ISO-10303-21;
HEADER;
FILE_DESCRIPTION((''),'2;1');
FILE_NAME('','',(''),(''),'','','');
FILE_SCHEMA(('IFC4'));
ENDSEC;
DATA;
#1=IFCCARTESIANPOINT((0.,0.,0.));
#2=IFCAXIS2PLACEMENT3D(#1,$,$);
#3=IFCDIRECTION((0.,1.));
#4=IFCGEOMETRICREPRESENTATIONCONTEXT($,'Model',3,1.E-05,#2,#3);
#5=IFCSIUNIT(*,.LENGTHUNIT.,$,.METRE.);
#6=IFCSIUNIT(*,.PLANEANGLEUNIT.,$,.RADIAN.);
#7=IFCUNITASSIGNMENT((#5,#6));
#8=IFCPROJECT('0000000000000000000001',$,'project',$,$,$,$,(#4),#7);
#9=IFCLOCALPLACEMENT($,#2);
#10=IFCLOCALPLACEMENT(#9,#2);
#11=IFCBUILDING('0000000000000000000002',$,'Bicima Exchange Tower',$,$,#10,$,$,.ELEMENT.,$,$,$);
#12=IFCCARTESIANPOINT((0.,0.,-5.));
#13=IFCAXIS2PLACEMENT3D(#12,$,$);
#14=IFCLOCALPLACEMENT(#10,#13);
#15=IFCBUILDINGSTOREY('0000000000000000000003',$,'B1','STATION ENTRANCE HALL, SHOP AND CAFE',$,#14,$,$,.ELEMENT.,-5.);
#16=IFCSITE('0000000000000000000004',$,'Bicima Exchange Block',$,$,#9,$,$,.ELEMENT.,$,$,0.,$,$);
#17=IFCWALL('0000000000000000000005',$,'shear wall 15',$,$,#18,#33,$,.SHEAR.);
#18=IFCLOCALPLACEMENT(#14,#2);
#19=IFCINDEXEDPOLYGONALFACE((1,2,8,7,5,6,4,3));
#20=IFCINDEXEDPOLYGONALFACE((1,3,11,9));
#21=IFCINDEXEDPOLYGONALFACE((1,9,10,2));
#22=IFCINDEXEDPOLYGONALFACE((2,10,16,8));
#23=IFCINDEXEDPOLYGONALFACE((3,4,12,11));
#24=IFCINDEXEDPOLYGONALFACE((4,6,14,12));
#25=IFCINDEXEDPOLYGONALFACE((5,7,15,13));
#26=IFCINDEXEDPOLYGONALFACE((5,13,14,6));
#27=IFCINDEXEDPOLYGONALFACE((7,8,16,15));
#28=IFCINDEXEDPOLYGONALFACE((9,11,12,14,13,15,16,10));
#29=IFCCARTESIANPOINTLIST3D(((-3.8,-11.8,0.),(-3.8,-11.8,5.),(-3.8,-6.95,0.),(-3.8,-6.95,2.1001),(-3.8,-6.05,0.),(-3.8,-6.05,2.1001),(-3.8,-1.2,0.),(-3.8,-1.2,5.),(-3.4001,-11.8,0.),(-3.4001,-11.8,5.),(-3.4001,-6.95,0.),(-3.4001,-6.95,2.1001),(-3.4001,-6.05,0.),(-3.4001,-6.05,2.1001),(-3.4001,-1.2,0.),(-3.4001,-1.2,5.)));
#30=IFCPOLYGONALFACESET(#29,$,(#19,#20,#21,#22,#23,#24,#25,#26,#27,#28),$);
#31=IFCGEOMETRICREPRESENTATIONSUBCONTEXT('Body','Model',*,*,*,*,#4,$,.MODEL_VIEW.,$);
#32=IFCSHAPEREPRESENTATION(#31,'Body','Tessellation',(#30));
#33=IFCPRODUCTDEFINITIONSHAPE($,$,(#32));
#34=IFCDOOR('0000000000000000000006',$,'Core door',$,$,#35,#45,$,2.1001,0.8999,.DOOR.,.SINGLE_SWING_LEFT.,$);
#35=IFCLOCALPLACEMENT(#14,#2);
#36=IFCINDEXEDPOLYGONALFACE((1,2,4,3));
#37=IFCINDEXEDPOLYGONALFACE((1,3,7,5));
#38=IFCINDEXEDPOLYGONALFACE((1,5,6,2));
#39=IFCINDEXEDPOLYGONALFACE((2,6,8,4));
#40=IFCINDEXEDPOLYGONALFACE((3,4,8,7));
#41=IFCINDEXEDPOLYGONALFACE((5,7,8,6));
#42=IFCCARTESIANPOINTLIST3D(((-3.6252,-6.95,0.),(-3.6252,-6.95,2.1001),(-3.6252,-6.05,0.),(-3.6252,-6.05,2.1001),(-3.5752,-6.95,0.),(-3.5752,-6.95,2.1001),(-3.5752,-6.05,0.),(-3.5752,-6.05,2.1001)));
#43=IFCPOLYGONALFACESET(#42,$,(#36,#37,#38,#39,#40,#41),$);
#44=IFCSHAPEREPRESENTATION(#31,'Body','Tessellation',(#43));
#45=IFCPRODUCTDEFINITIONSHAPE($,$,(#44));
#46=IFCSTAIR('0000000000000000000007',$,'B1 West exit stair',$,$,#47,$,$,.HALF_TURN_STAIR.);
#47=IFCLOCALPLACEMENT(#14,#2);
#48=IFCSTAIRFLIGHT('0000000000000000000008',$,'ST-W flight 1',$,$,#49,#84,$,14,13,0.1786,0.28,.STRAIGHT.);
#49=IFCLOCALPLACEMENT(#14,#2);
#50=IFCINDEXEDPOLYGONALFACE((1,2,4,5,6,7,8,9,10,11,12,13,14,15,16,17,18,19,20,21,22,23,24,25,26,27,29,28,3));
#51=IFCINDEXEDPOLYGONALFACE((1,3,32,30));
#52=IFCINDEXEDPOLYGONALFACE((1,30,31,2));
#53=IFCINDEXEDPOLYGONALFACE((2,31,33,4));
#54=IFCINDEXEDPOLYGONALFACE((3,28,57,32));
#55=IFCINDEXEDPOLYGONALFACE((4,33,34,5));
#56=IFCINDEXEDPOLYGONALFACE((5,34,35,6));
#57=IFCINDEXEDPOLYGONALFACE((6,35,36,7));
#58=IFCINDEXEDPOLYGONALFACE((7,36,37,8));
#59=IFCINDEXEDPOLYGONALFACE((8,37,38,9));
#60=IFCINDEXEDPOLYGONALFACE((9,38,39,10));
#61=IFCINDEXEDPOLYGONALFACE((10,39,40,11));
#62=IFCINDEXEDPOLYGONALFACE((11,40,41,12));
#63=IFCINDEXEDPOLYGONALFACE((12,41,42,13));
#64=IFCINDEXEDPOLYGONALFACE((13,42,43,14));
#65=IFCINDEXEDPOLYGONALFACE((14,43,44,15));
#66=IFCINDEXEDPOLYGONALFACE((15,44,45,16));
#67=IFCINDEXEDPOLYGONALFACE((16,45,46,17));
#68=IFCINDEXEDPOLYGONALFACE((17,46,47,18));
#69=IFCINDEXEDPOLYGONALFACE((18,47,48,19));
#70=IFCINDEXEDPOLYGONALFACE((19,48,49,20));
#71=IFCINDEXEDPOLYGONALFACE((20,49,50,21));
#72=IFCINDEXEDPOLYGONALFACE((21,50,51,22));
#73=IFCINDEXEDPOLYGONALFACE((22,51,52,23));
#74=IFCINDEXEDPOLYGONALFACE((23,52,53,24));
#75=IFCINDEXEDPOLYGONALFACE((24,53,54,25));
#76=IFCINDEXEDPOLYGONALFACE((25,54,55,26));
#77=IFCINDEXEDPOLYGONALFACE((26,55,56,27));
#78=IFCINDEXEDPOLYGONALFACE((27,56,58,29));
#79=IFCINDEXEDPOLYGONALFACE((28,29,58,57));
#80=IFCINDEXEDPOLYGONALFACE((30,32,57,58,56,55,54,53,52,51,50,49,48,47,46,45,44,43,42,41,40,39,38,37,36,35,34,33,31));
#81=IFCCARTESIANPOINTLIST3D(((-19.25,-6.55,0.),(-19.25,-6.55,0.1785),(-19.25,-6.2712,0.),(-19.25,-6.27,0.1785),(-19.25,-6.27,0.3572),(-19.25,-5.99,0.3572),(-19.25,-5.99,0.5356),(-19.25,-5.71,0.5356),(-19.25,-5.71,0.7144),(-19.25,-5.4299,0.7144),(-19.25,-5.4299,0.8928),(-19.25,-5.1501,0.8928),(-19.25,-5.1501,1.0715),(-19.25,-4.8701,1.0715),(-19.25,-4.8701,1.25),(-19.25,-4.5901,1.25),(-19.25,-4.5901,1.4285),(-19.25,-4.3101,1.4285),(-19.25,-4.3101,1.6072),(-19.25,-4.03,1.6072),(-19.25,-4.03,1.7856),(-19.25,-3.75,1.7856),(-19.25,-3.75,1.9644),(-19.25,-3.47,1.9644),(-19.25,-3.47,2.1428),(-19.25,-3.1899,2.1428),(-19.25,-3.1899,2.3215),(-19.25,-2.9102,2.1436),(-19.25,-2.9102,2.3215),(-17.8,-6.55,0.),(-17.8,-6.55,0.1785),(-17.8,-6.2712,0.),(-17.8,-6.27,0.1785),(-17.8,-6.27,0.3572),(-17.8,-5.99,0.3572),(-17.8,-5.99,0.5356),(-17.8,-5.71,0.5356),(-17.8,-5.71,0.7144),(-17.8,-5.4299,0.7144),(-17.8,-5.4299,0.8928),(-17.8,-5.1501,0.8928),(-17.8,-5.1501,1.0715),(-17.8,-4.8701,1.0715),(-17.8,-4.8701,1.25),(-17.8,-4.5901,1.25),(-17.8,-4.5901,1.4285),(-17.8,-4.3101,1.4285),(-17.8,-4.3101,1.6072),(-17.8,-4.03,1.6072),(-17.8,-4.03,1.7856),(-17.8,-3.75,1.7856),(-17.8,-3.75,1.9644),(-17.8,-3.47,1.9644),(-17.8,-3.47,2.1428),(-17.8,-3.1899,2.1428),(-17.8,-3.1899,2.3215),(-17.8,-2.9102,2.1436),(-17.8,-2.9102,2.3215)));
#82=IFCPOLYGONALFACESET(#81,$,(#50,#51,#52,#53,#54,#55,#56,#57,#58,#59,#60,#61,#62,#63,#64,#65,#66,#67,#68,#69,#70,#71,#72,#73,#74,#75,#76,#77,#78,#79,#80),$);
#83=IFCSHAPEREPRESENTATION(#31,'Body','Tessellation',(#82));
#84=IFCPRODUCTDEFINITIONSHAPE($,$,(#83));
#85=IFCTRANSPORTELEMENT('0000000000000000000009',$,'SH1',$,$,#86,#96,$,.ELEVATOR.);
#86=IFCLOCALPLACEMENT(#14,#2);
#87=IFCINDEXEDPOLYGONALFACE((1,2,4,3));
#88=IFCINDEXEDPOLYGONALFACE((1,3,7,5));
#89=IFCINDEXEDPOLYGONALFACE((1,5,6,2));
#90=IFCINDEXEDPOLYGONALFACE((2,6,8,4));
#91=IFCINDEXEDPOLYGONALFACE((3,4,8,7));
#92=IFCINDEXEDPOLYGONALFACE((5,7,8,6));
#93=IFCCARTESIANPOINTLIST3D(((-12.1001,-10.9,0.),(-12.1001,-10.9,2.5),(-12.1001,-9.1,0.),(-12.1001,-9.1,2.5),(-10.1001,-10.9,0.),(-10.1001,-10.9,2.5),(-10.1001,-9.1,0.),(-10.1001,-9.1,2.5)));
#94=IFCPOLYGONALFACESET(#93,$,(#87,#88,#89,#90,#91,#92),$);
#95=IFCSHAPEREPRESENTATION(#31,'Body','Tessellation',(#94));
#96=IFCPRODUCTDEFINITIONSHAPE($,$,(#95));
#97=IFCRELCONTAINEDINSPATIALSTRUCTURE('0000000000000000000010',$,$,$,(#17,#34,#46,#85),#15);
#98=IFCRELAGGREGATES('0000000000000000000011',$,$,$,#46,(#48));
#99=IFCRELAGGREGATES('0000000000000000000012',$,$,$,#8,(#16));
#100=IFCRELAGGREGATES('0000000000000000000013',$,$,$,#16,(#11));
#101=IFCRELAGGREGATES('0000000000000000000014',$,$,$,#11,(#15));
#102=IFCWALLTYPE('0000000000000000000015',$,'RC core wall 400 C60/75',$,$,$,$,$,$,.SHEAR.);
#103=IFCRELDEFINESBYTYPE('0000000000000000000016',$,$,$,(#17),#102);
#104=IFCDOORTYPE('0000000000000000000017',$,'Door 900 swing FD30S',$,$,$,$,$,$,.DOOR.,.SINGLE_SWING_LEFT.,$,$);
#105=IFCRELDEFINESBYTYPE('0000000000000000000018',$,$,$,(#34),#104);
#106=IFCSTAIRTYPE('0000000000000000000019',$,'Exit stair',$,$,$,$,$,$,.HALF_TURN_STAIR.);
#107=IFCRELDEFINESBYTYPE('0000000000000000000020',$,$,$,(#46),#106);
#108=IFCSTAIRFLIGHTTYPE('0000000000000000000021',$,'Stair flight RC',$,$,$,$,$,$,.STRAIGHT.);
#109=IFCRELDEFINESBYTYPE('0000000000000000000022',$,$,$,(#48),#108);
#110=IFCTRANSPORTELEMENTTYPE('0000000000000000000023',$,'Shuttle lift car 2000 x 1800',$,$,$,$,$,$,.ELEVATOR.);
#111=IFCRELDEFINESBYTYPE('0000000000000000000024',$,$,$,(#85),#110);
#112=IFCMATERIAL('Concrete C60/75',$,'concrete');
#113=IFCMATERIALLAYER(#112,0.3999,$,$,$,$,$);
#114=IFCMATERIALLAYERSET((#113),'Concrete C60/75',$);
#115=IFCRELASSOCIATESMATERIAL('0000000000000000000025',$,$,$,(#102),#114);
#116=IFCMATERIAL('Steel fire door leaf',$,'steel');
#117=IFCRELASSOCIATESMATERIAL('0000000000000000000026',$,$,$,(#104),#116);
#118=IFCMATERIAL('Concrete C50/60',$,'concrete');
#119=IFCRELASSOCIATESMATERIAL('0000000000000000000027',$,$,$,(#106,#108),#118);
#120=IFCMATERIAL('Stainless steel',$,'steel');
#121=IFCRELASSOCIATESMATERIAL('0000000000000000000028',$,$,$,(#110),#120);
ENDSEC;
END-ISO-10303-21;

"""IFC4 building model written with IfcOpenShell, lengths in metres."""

from ifc_helpers import new_model, si_unit, direction, frame, frame_2d, origin, origin_2d, place, context, subcontext, project, spatial, polyline, rectangle, outline, extrude, material, layer, layer_set, type_object, element, fill, aggregate, save


model = new_model("IFC4")

# Units and contexts
model_context = context("Model", 3, precision=1e-05, world=origin(), true_north=direction((0.0, 1.0)))
body_context = subcontext(model_context, "Body", "Model", "MODEL_VIEW")
ifc_project = project(units=[si_unit("LENGTHUNIT", "METRE"), si_unit("PLANEANGLEUNIT", "RADIAN")], contexts=[model_context])

# Site, building, storey
site_placement = place(None, origin())
site = spatial("IfcSite", under=ifc_project, at=site_placement, Name="Bicima Exchange Block", CompositionType="ELEMENT", RefElevation=0.0)
building_placement = place(site_placement, origin())
building = spatial("IfcBuilding", under=site, at=building_placement, Name="Bicima Exchange Tower", CompositionType="ELEMENT")
storey_placement = place(building_placement, frame((0.0, 0.0, -5.0)))
storey = spatial("IfcBuildingStorey", under=building, at=storey_placement, Name="B1", Description="STATION ENTRANCE HALL, SHOP AND CAFE", CompositionType="ELEMENT", Elevation=-5.0)

# Shared definitions
ifc_material_1 = material(Name="Concrete C60/75", Category="concrete")

# Shared definitions
ifc_material_2 = material(Name="Concrete C50/60", Category="concrete")
ifc_material_3 = material(Name="Steel fire door leaf", Category="steel")

# Shared definitions
ifc_layer_1 = layer(ifc_material_1, 0.3999)
ifc_layer_set_1 = layer_set([ifc_layer_1], Name="Concrete C60/75")
wall_type_1 = type_object("IfcWallType", Name="RC core wall 400 C60/75", PredefinedType="SHEAR", material=ifc_layer_set_1)

# Shared definitions
ifc_material_4 = material(Name="Stainless steel", Category="steel")

# Wall, opening, door
door_type_1 = type_object("IfcDoorType", Name="Door 900 swing FD30S", OperationType="SINGLE_SWING_LEFT", PredefinedType="DOOR", material=ifc_material_3)
wall_1_placement = place(storey_placement, frame((-3.6001, -11.8, 0.0), z_axis=(0.0, 0.0, 1.0), x_axis=(0.0, 1.0, 0.0)))
wall_1 = element("IfcWall", 1, at=wall_1_placement, inside=storey, type_object=wall_type_1, Name="shear wall 15", PredefinedType="SHEAR", context=body_context, shape_type="SweptSolid", body=[
    extrude(rectangle(XDim=10.6001, YDim=0.3999, at=frame_2d((5.3, 0.0))), origin(), (0.0, 0.0, 1.0), 5.0),
])
opening_1_placement = place(wall_1_placement, frame((4.8501, 0.0, 0.0)))
opening_1 = element("IfcOpeningElement", 2, at=opening_1_placement, cuts=wall_1, PredefinedType="OPENING", context=body_context, shape_type="SweptSolid", body=[
    extrude(rectangle(XDim=0.8999, YDim=2.1001, at=frame_2d((0.45, 1.05))), frame((0.0, 0.2119, 0.0), z_axis=(0.0, -1.0, 0.0), x_axis=(1.0, 0.0, 0.0)), (0.0, 0.0, 1.0), 0.4238),
])
door_1_placement = place(opening_1_placement, frame((0.8999, 0.0, 0.0), z_axis=(0.0, 0.0, 1.0), x_axis=(-1.0, 0.0, 0.0)))
door_1 = element("IfcDoor", 3, at=door_1_placement, inside=storey, type_object=door_type_1, Name="Core door", OperationType="SINGLE_SWING_LEFT", OverallHeight=2.1001, OverallWidth=0.8999, PredefinedType="DOOR", context=body_context, shape_type="SweptSolid", body=[
    extrude(rectangle(XDim=0.8999, YDim=2.1001, at=frame_2d((0.45, 1.05))), frame((0.0, 0.0249, 0.0), z_axis=(0.0, -1.0, 0.0), x_axis=(1.0, 0.0, 0.0)), (0.0, 0.0, 1.0), 0.05),
])
fill(opening_1, door_1)

# Stair, stair flight
stair_type = type_object("IfcStairType", Name="Exit stair", PredefinedType="HALF_TURN_STAIR", material=ifc_material_2)
stair_placement = place(storey_placement, origin())
stair = element("IfcStair", 4, at=stair_placement, inside=storey, type_object=stair_type, Name="B1 West exit stair", PredefinedType="HALF_TURN_STAIR")
stair_flight_type = type_object("IfcStairFlightType", Name="Stair flight RC", PredefinedType="STRAIGHT", material=ifc_material_2)
stair_flight_placement = place(storey_placement, frame((-18.5249, -6.55, 0.0), z_axis=(0.0, 0.0, 1.0), x_axis=(0.0, 1.0, 0.0)))
stair_flight = element("IfcStairFlight", 5, at=stair_flight_placement, type_object=stair_flight_type, Name="ST-W flight 1", NumberOfRisers=14, NumberOfTreads=13, PredefinedType="STRAIGHT", RiserHeight=0.1786, TreadLength=0.28, context=body_context, shape_type="SweptSolid", body=[
    extrude(outline(polyline([(0.0, 0.0), (0.0, 0.1785), (0.28, 0.1785), (0.28, 0.3572), (0.5601, 0.3572), (0.5601, 0.5356), (0.8401, 0.5356), (0.8401, 0.7144), (1.1201, 0.7144), (1.1201, 0.8928), (1.3999, 0.8928), (1.3999, 1.0715), (1.6799, 1.0715), (1.6799, 1.25), (1.96, 1.25), (1.96, 1.4285), (2.24, 1.4285), (2.24, 1.6072), (2.52, 1.6072), (2.52, 1.7856), (2.8, 1.7856), (2.8, 1.9644), (3.0801, 1.9644), (3.0801, 2.1428), (3.3601, 2.1428), (3.3601, 2.3215), (3.6399, 2.3215), (3.6399, 2.5), (3.6399, 2.1436), (0.2788, 0.0), (0.0, 0.0)])), frame((0.0, 0.7251, 0.0), z_axis=(0.0, -1.0, 0.0), x_axis=(1.0, 0.0, 0.0)), (0.0, 0.0, 1.0), 1.45),
])
aggregate(stair, [stair_flight])

# Transport element
transport_element_type = type_object("IfcTransportElementType", Name="Shuttle lift car 2000 x 1800", PredefinedType="ELEVATOR", material=ifc_material_4)
transport_element_placement = place(storey_placement, frame((-11.1001, -10.0, 0.0), z_axis=(0.0, 0.0, 1.0), x_axis=(1.0, 0.0, 0.0)))
element("IfcTransportElement", 6, at=transport_element_placement, inside=storey, type_object=transport_element_type, Name="SH1", PredefinedType="ELEVATOR", context=body_context, shape_type="SweptSolid", body=[
    extrude(rectangle(XDim=2.0, YDim=1.8, at=origin_2d()), origin(), (0.0, 0.0, 1.0), 2.5),
])

save(model, "model.ifc")
